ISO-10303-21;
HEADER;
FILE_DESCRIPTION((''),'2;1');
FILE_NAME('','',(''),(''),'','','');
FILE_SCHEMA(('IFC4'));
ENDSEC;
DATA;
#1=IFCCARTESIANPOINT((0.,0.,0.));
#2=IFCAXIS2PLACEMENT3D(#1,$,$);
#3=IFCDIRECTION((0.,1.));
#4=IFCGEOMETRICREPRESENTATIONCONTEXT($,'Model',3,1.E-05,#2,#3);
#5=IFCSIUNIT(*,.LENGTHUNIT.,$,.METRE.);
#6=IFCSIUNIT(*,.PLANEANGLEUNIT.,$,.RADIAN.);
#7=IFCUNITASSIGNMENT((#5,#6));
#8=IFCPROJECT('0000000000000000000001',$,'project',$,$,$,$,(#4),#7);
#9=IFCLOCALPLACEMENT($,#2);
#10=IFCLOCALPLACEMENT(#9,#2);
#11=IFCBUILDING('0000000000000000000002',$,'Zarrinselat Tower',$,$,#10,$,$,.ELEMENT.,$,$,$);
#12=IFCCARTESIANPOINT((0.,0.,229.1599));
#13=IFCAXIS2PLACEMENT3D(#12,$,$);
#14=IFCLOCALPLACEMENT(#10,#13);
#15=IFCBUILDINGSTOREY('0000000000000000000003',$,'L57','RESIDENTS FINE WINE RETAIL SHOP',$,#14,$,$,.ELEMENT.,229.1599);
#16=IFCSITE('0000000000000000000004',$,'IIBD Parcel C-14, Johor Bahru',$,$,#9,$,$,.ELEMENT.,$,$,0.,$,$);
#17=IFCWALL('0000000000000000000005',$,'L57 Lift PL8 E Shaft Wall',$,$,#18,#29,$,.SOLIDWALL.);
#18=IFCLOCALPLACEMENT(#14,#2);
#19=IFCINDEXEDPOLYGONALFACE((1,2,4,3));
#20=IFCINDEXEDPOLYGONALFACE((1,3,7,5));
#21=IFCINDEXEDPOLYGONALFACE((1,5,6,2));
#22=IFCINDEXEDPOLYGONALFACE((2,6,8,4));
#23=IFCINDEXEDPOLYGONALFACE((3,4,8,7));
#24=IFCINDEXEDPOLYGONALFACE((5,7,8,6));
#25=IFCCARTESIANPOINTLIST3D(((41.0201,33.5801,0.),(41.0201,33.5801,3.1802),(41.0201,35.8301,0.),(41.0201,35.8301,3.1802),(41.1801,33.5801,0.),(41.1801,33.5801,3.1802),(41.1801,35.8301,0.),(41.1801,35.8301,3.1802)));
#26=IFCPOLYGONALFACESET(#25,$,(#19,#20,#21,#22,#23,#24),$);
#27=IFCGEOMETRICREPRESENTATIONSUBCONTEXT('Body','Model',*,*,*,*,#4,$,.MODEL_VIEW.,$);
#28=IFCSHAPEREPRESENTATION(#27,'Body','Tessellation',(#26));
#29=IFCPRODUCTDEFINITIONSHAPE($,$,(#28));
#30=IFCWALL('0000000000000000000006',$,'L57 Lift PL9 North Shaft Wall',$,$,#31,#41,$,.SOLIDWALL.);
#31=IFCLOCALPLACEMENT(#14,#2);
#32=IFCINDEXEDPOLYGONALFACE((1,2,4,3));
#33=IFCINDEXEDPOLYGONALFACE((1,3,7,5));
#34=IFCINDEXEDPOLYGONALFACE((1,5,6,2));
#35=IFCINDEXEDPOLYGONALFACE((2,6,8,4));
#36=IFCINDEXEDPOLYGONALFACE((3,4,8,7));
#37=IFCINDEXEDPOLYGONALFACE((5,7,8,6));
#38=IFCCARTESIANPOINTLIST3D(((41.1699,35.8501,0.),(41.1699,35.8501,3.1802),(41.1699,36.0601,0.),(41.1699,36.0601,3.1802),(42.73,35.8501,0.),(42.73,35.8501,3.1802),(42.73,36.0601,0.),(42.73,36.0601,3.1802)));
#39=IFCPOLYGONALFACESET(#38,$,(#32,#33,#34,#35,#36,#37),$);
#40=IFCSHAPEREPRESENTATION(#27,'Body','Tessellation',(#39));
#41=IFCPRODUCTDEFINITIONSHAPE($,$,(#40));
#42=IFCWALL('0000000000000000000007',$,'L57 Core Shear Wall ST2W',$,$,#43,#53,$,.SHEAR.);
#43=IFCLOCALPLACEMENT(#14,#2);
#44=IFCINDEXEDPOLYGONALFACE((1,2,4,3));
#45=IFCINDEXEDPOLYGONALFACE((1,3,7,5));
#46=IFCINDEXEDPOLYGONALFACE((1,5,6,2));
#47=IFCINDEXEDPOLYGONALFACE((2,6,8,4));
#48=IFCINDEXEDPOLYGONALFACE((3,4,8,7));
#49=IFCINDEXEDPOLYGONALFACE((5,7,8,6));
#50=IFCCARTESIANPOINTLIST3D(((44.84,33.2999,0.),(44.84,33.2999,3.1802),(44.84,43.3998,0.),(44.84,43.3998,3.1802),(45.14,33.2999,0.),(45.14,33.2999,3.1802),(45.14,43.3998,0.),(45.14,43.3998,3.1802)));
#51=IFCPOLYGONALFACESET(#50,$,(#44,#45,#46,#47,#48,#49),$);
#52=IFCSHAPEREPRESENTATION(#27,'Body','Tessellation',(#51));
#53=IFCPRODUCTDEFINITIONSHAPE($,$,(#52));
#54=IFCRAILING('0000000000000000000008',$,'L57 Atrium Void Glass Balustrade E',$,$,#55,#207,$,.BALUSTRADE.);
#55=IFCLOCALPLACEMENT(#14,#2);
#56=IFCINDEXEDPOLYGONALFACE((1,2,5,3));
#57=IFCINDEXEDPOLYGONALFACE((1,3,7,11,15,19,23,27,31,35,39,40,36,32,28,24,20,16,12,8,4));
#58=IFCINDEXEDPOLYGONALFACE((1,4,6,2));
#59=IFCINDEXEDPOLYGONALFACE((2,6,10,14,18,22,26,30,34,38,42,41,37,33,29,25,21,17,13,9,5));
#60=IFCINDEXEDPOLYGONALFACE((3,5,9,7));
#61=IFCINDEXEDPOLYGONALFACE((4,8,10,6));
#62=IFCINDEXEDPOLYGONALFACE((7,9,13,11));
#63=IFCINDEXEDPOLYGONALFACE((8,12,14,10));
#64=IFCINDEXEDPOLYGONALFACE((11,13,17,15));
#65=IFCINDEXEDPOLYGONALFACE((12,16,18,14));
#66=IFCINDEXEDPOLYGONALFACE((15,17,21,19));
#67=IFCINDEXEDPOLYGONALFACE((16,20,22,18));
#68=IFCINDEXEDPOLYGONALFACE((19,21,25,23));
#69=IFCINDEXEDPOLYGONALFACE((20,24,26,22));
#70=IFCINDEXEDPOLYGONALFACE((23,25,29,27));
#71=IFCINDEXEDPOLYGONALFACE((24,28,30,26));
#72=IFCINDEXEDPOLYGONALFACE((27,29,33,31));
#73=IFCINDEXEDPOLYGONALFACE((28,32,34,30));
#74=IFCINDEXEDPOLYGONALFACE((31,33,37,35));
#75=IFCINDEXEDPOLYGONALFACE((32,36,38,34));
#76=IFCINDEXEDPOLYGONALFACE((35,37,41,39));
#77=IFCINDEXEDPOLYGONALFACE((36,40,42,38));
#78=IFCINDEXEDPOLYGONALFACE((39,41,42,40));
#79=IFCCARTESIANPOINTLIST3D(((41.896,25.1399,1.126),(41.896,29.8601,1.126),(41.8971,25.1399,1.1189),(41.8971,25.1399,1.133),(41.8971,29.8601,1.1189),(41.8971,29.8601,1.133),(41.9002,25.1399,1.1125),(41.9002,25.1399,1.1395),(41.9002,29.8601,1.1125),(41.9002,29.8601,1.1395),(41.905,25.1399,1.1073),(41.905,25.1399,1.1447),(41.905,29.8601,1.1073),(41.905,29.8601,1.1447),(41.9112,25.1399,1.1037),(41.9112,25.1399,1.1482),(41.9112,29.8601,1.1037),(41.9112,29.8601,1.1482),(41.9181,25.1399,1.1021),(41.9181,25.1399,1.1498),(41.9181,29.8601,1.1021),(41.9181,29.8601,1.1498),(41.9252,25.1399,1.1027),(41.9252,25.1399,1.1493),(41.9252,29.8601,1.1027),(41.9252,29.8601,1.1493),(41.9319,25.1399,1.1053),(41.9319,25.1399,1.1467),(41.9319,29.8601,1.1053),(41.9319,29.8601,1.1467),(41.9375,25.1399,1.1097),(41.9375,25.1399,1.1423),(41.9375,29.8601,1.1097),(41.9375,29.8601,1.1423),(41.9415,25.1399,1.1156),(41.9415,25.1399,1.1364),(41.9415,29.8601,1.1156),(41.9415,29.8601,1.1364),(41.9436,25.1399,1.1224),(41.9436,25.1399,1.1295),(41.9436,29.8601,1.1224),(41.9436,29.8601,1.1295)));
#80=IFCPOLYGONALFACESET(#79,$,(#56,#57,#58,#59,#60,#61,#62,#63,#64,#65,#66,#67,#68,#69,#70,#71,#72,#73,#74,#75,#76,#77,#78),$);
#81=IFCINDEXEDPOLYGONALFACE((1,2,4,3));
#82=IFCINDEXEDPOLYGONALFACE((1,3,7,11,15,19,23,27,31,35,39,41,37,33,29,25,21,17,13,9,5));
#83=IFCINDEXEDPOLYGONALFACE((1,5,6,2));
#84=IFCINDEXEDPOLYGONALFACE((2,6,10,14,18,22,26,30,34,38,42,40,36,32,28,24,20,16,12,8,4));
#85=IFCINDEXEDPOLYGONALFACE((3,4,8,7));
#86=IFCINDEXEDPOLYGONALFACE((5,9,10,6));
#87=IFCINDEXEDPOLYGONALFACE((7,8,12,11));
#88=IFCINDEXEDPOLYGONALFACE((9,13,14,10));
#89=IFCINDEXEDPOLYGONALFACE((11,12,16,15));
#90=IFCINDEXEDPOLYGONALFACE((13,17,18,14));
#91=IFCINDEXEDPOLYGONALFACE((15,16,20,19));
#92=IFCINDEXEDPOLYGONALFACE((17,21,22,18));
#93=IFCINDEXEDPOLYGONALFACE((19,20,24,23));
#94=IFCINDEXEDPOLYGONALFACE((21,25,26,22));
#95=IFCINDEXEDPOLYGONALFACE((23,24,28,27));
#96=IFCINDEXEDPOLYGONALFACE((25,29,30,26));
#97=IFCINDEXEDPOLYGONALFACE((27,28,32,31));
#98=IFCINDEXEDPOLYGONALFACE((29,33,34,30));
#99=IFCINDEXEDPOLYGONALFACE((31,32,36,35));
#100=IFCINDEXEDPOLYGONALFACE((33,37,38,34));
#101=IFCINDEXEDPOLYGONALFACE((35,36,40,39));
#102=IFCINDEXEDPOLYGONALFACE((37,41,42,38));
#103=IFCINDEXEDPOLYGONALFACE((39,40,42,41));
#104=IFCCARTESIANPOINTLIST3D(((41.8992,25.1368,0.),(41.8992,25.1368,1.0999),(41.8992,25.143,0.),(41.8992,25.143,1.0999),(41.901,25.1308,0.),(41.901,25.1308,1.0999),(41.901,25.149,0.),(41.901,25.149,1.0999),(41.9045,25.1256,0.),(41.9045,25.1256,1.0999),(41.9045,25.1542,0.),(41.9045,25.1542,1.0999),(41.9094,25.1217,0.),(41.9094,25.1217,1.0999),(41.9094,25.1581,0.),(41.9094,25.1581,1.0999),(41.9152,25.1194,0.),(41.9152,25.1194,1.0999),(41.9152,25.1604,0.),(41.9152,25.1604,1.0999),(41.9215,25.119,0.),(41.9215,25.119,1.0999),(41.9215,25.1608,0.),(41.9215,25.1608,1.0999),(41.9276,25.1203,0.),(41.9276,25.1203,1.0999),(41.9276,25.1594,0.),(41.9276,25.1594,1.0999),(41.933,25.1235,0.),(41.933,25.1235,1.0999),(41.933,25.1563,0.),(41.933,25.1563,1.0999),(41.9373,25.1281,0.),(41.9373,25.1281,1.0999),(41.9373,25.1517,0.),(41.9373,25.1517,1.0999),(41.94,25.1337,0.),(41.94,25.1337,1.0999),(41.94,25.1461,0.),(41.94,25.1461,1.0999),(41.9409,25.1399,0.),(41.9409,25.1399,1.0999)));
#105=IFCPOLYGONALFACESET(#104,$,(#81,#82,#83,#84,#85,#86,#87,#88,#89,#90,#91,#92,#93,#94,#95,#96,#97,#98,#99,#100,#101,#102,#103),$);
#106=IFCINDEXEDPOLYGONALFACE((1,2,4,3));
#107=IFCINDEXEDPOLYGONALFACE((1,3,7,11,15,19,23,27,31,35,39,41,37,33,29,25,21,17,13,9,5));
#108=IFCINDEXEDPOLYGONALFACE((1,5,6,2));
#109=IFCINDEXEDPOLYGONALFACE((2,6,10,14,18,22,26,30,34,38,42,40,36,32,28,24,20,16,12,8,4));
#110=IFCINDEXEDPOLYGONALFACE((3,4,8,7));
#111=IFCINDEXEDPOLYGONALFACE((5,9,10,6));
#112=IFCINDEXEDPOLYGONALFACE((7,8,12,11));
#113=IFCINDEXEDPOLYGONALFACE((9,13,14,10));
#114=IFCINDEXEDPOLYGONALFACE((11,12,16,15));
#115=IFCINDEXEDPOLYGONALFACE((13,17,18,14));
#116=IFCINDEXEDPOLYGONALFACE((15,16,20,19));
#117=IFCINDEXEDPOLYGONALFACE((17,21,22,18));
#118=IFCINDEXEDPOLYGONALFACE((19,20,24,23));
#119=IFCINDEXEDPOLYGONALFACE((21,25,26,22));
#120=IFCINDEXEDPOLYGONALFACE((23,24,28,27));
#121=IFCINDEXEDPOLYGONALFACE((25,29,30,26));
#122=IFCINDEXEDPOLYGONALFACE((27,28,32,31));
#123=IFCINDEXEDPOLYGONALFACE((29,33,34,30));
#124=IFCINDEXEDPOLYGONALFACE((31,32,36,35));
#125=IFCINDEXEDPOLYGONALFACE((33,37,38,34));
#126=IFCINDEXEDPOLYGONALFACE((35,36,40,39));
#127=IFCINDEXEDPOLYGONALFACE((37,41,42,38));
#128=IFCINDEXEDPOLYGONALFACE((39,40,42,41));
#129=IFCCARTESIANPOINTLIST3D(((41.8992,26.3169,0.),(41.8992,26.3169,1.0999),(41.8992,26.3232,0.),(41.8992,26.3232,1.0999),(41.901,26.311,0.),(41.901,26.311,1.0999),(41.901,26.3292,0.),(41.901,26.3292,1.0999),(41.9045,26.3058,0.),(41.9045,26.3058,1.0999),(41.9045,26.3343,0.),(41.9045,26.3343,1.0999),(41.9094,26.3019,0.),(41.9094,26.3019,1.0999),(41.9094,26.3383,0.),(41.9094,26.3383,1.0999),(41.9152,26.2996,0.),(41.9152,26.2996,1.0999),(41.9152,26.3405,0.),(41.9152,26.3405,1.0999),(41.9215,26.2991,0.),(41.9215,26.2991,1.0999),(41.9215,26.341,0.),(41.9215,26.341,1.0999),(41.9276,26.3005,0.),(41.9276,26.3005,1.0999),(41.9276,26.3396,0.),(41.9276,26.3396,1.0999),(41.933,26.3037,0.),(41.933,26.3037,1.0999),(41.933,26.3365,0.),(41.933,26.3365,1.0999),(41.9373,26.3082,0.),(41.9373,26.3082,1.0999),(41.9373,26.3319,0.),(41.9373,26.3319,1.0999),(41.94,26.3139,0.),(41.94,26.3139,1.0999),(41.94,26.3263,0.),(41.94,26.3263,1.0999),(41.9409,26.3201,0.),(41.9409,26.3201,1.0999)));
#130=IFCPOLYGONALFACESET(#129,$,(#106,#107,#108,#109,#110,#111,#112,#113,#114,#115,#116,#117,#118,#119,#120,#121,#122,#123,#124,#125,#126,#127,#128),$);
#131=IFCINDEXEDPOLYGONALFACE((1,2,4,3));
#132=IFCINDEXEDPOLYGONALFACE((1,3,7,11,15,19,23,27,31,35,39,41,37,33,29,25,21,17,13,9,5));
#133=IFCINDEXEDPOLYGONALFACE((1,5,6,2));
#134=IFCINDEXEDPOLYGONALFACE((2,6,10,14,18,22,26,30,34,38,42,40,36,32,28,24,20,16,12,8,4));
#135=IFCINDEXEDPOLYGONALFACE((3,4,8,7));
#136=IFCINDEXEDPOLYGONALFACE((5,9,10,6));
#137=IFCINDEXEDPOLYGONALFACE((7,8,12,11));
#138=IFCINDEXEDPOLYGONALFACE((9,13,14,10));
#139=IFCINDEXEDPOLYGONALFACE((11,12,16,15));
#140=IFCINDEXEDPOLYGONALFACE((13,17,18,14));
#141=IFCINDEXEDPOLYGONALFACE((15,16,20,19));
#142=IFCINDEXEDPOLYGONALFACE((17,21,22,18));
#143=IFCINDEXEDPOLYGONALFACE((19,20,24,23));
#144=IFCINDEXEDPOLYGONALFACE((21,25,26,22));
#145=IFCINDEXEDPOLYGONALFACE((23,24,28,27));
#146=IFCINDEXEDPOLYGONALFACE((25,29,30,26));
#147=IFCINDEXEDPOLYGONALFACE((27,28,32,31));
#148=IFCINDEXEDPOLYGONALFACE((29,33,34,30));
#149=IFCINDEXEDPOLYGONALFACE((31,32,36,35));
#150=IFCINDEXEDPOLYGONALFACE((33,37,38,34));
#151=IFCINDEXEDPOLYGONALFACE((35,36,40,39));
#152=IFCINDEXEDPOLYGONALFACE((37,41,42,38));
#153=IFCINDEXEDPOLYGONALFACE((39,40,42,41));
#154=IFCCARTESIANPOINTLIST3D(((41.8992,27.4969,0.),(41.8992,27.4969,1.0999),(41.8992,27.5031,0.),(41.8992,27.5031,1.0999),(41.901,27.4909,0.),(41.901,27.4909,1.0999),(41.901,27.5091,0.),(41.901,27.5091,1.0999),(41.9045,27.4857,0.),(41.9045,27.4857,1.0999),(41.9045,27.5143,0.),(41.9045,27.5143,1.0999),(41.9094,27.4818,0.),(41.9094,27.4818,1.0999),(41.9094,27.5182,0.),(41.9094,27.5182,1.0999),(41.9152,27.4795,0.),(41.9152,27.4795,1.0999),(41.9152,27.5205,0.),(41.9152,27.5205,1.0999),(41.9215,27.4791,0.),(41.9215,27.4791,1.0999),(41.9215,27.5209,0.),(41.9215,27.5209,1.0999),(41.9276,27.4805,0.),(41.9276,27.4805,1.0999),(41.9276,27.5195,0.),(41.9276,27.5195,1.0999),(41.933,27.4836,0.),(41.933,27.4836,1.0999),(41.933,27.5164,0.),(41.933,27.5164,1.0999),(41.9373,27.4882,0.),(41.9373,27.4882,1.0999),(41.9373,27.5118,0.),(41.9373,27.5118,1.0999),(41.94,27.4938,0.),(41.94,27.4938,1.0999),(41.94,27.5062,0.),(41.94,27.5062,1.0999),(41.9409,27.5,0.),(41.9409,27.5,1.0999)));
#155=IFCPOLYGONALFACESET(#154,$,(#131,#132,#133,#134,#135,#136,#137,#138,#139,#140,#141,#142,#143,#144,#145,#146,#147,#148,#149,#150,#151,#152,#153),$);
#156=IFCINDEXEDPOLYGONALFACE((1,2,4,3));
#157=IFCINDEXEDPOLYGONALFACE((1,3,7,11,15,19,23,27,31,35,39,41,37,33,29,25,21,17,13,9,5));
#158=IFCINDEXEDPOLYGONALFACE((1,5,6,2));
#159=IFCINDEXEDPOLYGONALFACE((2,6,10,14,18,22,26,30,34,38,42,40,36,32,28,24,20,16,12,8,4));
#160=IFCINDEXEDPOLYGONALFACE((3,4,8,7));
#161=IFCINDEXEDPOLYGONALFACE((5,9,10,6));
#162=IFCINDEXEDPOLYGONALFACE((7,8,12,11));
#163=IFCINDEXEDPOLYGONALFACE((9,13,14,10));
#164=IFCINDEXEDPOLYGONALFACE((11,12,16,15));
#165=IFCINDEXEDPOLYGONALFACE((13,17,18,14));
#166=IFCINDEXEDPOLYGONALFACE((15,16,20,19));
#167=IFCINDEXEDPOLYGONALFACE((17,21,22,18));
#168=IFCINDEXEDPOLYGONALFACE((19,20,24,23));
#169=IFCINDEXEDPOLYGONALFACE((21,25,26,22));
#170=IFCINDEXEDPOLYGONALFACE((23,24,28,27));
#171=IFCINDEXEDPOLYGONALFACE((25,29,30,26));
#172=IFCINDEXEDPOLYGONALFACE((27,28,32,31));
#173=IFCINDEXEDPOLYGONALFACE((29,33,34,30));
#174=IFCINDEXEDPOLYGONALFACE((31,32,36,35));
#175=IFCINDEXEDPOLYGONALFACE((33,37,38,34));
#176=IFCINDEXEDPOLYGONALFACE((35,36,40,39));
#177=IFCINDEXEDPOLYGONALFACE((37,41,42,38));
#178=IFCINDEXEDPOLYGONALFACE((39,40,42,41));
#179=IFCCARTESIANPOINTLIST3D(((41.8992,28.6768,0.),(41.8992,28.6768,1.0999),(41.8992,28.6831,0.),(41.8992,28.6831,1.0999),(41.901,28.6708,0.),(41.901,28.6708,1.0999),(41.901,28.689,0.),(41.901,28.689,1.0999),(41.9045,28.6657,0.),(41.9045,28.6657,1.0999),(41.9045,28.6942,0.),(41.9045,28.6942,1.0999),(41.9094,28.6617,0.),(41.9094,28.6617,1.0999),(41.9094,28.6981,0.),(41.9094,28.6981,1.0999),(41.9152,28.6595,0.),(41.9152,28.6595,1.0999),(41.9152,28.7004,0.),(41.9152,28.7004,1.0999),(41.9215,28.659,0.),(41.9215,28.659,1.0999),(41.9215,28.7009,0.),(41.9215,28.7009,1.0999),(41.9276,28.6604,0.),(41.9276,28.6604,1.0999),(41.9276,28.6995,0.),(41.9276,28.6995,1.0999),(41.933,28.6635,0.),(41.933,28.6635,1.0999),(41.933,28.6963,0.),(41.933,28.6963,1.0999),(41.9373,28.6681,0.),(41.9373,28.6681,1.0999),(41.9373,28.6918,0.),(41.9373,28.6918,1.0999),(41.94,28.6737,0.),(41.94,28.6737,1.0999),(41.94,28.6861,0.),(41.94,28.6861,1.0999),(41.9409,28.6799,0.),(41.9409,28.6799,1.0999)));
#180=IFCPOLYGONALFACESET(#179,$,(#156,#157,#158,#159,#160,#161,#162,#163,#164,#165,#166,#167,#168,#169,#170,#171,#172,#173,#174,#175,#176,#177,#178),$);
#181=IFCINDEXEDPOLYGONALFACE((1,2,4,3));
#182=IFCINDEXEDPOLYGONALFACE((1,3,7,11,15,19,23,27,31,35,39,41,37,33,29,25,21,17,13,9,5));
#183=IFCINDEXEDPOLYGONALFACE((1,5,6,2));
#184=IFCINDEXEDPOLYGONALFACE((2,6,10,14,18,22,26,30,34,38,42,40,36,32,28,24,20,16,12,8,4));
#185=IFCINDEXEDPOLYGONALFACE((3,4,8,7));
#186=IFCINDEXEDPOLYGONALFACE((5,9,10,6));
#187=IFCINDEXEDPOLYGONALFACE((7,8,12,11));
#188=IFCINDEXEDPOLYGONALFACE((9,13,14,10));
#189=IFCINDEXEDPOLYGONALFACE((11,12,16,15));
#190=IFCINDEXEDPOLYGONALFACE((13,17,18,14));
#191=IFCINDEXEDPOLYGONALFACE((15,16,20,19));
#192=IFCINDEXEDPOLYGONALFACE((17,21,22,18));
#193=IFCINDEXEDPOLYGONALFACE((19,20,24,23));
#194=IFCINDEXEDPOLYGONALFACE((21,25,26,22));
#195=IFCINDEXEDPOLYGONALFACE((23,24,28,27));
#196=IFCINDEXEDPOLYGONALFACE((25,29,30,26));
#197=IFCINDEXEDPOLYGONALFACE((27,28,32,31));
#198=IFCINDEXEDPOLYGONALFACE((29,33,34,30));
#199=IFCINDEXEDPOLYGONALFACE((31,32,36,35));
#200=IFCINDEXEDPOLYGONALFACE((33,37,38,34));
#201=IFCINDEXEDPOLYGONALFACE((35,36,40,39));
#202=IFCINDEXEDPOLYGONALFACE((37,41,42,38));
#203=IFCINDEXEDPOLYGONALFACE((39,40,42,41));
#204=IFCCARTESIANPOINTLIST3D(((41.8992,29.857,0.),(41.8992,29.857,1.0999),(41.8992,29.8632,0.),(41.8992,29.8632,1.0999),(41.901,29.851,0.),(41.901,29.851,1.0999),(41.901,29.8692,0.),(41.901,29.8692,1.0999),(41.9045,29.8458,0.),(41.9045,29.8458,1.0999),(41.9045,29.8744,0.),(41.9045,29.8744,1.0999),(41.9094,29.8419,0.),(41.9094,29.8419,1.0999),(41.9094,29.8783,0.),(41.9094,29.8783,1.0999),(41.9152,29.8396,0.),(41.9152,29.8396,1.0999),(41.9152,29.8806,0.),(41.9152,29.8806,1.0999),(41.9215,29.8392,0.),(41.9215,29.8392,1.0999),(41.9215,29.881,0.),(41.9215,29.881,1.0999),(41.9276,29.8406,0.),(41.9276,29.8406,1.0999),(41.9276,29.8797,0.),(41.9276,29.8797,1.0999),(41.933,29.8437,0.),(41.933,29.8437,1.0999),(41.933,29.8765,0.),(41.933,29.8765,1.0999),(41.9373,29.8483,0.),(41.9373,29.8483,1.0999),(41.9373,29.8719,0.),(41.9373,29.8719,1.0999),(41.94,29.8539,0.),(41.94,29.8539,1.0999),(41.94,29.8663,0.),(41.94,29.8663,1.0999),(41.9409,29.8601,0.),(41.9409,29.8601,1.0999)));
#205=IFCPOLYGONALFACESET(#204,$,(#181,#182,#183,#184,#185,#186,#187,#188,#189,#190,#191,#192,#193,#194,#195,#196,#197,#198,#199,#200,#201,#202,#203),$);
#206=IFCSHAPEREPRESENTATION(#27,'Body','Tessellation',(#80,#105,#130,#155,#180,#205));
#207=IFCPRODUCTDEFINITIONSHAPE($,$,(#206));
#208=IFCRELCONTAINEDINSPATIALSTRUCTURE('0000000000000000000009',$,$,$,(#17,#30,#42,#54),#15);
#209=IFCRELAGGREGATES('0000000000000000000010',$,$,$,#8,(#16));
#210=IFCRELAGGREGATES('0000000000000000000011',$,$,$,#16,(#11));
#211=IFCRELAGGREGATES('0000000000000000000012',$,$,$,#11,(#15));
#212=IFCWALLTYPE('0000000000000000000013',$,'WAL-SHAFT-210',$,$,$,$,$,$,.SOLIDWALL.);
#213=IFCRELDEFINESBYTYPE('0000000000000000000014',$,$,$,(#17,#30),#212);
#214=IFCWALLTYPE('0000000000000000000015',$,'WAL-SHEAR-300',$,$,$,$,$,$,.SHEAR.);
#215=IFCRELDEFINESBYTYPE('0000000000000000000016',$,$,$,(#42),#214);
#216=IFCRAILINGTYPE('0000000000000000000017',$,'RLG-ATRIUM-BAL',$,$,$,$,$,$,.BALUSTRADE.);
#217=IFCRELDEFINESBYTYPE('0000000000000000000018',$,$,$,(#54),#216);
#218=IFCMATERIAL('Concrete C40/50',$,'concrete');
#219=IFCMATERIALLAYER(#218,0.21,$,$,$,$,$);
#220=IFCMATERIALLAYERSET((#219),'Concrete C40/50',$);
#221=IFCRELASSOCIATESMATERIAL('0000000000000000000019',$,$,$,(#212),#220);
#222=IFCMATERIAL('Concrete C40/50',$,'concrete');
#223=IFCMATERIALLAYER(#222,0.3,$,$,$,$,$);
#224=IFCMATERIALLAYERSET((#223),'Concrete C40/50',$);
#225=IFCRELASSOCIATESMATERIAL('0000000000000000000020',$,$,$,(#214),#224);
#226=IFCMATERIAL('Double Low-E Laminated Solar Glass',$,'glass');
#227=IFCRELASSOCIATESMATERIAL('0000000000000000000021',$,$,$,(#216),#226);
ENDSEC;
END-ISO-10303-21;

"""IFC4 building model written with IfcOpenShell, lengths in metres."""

from ifc_helpers import new_model, si_unit, direction, frame, frame_2d, origin, origin_2d, place, context, subcontext, project, spatial, rectangle, circle, extrude, material, layer, layer_set, type_object, element, save


model = new_model("IFC4")

# Units and contexts
model_context = context("Model", 3, precision=1e-05, world=origin(), true_north=direction((0.0, 1.0)))
body_context = subcontext(model_context, "Body", "Model", "MODEL_VIEW")
ifc_project = project(units=[si_unit("LENGTHUNIT", "METRE"), si_unit("PLANEANGLEUNIT", "RADIAN")], contexts=[model_context])

# Site, building, storey
site_placement = place(None, origin())
site = spatial("IfcSite", under=ifc_project, at=site_placement, Name="IIBD Parcel C-14, Johor Bahru", CompositionType="ELEMENT", RefElevation=0.0)
building_placement = place(site_placement, origin())
building = spatial("IfcBuilding", under=site, at=building_placement, Name="Zarrinselat Tower", CompositionType="ELEMENT")
storey_placement = place(building_placement, frame((0.0, 0.0, 229.1599)))
storey = spatial("IfcBuildingStorey", under=building, at=storey_placement, Name="L57", Description="RESIDENTS FINE WINE RETAIL SHOP", CompositionType="ELEMENT", Elevation=229.1599)

# Walls
ifc_material_1 = material(Name="Concrete C40/50", Category="concrete")
ifc_layer_1 = layer(ifc_material_1, 0.21)
ifc_layer_set_1 = layer_set([ifc_layer_1], Name="Concrete C40/50")
wall_type_1 = type_object("IfcWallType", Name="WAL-SHAFT-210", PredefinedType="SOLIDWALL", material=ifc_layer_set_1)
for number, where, z_axis, x_axis, name in (
    (1, (41.1001, 33.5801, 0.0), (0.0, 0.0, 1.0), (0.0, 1.0, 0.0), "L57 Lift PL8 E Shaft Wall"),
):
    element("IfcWall", number, at=place(storey_placement, frame(where, z_axis=z_axis, x_axis=x_axis)), inside=storey, type_object=wall_type_1, Name=name, PredefinedType="SOLIDWALL", context=body_context, shape_type="SweptSolid", body=[
        extrude(rectangle(XDim=2.25, YDim=0.1599, at=frame_2d((1.125, 0.0))), origin(), (0.0, 0.0, 1.0), 3.1802),
    ])
wall_1_placement = place(storey_placement, frame((41.1699, 35.9551, 0.0), z_axis=(0.0, 0.0, 1.0), x_axis=(1.0, 0.0, 0.0)))
element("IfcWall", 2, at=wall_1_placement, inside=storey, type_object=wall_type_1, Name="L57 Lift PL9 North Shaft Wall", PredefinedType="SOLIDWALL", context=body_context, shape_type="SweptSolid", body=[
    extrude(rectangle(XDim=1.5601, YDim=0.21, at=frame_2d((0.78, 0.0))), origin(), (0.0, 0.0, 1.0), 3.1802),
])
ifc_material_2 = material(Name="Concrete C40/50", Category="concrete")
ifc_layer_2 = layer(ifc_material_2, 0.3)
ifc_layer_set_2 = layer_set([ifc_layer_2], Name="Concrete C40/50")
wall_type_2 = type_object("IfcWallType", Name="WAL-SHEAR-300", PredefinedType="SHEAR", material=ifc_layer_set_2)
wall_2_placement = place(storey_placement, frame((44.99, 33.3, 0.0), z_axis=(0.0, 0.0, 1.0), x_axis=(0.0, 1.0, 0.0)))
element("IfcWall", 3, at=wall_2_placement, inside=storey, type_object=wall_type_2, Name="L57 Core Shear Wall ST2W", PredefinedType="SHEAR", context=body_context, shape_type="SweptSolid", body=[
    extrude(rectangle(XDim=10.0999, YDim=0.3, at=frame_2d((5.0498, 0.0))), origin(), (0.0, 0.0, 1.0), 3.1802),
])

# Railing
ifc_material_3 = material(Name="Double Low-E Laminated Solar Glass", Category="glass")
railing_type_1 = type_object("IfcRailingType", Name="RLG-ATRIUM-BAL", PredefinedType="BALUSTRADE", material=ifc_material_3)
railing_1_placement = place(storey_placement, frame((41.9199, 25.1399, 0.0)))
element("IfcRailing", 4, at=railing_1_placement, inside=storey, type_object=railing_type_1, Name="L57 Atrium Void Glass Balustrade E", PredefinedType="BALUSTRADE", context=body_context, shape_type="SweptSolid", body=[
    extrude(circle(Radius=0.0239, at=origin_2d()), frame((0.0, 0.0, 1.126), z_axis=(0.0, 1.0, 0.0), x_axis=(-1.0, 0.0, 0.0)), (0.0, 0.0, 1.0), 4.7202),
    extrude(circle(Radius=0.021, at=origin_2d()), origin(), (0.0, 0.0, 1.0), 1.0999),
    extrude(circle(Radius=0.021, at=origin_2d()), frame((0.0, 1.1802, 0.0)), (0.0, 0.0, 1.0), 1.0999),
    extrude(circle(Radius=0.021, at=origin_2d()), frame((0.0, 2.3601, 0.0)), (0.0, 0.0, 1.0), 1.0999),
    extrude(circle(Radius=0.021, at=origin_2d()), frame((0.0, 3.54, 0.0)), (0.0, 0.0, 1.0), 1.0999),
    extrude(circle(Radius=0.021, at=origin_2d()), frame((0.0, 4.7202, 0.0)), (0.0, 0.0, 1.0), 1.0999),
])

save(model, "model.ifc")
